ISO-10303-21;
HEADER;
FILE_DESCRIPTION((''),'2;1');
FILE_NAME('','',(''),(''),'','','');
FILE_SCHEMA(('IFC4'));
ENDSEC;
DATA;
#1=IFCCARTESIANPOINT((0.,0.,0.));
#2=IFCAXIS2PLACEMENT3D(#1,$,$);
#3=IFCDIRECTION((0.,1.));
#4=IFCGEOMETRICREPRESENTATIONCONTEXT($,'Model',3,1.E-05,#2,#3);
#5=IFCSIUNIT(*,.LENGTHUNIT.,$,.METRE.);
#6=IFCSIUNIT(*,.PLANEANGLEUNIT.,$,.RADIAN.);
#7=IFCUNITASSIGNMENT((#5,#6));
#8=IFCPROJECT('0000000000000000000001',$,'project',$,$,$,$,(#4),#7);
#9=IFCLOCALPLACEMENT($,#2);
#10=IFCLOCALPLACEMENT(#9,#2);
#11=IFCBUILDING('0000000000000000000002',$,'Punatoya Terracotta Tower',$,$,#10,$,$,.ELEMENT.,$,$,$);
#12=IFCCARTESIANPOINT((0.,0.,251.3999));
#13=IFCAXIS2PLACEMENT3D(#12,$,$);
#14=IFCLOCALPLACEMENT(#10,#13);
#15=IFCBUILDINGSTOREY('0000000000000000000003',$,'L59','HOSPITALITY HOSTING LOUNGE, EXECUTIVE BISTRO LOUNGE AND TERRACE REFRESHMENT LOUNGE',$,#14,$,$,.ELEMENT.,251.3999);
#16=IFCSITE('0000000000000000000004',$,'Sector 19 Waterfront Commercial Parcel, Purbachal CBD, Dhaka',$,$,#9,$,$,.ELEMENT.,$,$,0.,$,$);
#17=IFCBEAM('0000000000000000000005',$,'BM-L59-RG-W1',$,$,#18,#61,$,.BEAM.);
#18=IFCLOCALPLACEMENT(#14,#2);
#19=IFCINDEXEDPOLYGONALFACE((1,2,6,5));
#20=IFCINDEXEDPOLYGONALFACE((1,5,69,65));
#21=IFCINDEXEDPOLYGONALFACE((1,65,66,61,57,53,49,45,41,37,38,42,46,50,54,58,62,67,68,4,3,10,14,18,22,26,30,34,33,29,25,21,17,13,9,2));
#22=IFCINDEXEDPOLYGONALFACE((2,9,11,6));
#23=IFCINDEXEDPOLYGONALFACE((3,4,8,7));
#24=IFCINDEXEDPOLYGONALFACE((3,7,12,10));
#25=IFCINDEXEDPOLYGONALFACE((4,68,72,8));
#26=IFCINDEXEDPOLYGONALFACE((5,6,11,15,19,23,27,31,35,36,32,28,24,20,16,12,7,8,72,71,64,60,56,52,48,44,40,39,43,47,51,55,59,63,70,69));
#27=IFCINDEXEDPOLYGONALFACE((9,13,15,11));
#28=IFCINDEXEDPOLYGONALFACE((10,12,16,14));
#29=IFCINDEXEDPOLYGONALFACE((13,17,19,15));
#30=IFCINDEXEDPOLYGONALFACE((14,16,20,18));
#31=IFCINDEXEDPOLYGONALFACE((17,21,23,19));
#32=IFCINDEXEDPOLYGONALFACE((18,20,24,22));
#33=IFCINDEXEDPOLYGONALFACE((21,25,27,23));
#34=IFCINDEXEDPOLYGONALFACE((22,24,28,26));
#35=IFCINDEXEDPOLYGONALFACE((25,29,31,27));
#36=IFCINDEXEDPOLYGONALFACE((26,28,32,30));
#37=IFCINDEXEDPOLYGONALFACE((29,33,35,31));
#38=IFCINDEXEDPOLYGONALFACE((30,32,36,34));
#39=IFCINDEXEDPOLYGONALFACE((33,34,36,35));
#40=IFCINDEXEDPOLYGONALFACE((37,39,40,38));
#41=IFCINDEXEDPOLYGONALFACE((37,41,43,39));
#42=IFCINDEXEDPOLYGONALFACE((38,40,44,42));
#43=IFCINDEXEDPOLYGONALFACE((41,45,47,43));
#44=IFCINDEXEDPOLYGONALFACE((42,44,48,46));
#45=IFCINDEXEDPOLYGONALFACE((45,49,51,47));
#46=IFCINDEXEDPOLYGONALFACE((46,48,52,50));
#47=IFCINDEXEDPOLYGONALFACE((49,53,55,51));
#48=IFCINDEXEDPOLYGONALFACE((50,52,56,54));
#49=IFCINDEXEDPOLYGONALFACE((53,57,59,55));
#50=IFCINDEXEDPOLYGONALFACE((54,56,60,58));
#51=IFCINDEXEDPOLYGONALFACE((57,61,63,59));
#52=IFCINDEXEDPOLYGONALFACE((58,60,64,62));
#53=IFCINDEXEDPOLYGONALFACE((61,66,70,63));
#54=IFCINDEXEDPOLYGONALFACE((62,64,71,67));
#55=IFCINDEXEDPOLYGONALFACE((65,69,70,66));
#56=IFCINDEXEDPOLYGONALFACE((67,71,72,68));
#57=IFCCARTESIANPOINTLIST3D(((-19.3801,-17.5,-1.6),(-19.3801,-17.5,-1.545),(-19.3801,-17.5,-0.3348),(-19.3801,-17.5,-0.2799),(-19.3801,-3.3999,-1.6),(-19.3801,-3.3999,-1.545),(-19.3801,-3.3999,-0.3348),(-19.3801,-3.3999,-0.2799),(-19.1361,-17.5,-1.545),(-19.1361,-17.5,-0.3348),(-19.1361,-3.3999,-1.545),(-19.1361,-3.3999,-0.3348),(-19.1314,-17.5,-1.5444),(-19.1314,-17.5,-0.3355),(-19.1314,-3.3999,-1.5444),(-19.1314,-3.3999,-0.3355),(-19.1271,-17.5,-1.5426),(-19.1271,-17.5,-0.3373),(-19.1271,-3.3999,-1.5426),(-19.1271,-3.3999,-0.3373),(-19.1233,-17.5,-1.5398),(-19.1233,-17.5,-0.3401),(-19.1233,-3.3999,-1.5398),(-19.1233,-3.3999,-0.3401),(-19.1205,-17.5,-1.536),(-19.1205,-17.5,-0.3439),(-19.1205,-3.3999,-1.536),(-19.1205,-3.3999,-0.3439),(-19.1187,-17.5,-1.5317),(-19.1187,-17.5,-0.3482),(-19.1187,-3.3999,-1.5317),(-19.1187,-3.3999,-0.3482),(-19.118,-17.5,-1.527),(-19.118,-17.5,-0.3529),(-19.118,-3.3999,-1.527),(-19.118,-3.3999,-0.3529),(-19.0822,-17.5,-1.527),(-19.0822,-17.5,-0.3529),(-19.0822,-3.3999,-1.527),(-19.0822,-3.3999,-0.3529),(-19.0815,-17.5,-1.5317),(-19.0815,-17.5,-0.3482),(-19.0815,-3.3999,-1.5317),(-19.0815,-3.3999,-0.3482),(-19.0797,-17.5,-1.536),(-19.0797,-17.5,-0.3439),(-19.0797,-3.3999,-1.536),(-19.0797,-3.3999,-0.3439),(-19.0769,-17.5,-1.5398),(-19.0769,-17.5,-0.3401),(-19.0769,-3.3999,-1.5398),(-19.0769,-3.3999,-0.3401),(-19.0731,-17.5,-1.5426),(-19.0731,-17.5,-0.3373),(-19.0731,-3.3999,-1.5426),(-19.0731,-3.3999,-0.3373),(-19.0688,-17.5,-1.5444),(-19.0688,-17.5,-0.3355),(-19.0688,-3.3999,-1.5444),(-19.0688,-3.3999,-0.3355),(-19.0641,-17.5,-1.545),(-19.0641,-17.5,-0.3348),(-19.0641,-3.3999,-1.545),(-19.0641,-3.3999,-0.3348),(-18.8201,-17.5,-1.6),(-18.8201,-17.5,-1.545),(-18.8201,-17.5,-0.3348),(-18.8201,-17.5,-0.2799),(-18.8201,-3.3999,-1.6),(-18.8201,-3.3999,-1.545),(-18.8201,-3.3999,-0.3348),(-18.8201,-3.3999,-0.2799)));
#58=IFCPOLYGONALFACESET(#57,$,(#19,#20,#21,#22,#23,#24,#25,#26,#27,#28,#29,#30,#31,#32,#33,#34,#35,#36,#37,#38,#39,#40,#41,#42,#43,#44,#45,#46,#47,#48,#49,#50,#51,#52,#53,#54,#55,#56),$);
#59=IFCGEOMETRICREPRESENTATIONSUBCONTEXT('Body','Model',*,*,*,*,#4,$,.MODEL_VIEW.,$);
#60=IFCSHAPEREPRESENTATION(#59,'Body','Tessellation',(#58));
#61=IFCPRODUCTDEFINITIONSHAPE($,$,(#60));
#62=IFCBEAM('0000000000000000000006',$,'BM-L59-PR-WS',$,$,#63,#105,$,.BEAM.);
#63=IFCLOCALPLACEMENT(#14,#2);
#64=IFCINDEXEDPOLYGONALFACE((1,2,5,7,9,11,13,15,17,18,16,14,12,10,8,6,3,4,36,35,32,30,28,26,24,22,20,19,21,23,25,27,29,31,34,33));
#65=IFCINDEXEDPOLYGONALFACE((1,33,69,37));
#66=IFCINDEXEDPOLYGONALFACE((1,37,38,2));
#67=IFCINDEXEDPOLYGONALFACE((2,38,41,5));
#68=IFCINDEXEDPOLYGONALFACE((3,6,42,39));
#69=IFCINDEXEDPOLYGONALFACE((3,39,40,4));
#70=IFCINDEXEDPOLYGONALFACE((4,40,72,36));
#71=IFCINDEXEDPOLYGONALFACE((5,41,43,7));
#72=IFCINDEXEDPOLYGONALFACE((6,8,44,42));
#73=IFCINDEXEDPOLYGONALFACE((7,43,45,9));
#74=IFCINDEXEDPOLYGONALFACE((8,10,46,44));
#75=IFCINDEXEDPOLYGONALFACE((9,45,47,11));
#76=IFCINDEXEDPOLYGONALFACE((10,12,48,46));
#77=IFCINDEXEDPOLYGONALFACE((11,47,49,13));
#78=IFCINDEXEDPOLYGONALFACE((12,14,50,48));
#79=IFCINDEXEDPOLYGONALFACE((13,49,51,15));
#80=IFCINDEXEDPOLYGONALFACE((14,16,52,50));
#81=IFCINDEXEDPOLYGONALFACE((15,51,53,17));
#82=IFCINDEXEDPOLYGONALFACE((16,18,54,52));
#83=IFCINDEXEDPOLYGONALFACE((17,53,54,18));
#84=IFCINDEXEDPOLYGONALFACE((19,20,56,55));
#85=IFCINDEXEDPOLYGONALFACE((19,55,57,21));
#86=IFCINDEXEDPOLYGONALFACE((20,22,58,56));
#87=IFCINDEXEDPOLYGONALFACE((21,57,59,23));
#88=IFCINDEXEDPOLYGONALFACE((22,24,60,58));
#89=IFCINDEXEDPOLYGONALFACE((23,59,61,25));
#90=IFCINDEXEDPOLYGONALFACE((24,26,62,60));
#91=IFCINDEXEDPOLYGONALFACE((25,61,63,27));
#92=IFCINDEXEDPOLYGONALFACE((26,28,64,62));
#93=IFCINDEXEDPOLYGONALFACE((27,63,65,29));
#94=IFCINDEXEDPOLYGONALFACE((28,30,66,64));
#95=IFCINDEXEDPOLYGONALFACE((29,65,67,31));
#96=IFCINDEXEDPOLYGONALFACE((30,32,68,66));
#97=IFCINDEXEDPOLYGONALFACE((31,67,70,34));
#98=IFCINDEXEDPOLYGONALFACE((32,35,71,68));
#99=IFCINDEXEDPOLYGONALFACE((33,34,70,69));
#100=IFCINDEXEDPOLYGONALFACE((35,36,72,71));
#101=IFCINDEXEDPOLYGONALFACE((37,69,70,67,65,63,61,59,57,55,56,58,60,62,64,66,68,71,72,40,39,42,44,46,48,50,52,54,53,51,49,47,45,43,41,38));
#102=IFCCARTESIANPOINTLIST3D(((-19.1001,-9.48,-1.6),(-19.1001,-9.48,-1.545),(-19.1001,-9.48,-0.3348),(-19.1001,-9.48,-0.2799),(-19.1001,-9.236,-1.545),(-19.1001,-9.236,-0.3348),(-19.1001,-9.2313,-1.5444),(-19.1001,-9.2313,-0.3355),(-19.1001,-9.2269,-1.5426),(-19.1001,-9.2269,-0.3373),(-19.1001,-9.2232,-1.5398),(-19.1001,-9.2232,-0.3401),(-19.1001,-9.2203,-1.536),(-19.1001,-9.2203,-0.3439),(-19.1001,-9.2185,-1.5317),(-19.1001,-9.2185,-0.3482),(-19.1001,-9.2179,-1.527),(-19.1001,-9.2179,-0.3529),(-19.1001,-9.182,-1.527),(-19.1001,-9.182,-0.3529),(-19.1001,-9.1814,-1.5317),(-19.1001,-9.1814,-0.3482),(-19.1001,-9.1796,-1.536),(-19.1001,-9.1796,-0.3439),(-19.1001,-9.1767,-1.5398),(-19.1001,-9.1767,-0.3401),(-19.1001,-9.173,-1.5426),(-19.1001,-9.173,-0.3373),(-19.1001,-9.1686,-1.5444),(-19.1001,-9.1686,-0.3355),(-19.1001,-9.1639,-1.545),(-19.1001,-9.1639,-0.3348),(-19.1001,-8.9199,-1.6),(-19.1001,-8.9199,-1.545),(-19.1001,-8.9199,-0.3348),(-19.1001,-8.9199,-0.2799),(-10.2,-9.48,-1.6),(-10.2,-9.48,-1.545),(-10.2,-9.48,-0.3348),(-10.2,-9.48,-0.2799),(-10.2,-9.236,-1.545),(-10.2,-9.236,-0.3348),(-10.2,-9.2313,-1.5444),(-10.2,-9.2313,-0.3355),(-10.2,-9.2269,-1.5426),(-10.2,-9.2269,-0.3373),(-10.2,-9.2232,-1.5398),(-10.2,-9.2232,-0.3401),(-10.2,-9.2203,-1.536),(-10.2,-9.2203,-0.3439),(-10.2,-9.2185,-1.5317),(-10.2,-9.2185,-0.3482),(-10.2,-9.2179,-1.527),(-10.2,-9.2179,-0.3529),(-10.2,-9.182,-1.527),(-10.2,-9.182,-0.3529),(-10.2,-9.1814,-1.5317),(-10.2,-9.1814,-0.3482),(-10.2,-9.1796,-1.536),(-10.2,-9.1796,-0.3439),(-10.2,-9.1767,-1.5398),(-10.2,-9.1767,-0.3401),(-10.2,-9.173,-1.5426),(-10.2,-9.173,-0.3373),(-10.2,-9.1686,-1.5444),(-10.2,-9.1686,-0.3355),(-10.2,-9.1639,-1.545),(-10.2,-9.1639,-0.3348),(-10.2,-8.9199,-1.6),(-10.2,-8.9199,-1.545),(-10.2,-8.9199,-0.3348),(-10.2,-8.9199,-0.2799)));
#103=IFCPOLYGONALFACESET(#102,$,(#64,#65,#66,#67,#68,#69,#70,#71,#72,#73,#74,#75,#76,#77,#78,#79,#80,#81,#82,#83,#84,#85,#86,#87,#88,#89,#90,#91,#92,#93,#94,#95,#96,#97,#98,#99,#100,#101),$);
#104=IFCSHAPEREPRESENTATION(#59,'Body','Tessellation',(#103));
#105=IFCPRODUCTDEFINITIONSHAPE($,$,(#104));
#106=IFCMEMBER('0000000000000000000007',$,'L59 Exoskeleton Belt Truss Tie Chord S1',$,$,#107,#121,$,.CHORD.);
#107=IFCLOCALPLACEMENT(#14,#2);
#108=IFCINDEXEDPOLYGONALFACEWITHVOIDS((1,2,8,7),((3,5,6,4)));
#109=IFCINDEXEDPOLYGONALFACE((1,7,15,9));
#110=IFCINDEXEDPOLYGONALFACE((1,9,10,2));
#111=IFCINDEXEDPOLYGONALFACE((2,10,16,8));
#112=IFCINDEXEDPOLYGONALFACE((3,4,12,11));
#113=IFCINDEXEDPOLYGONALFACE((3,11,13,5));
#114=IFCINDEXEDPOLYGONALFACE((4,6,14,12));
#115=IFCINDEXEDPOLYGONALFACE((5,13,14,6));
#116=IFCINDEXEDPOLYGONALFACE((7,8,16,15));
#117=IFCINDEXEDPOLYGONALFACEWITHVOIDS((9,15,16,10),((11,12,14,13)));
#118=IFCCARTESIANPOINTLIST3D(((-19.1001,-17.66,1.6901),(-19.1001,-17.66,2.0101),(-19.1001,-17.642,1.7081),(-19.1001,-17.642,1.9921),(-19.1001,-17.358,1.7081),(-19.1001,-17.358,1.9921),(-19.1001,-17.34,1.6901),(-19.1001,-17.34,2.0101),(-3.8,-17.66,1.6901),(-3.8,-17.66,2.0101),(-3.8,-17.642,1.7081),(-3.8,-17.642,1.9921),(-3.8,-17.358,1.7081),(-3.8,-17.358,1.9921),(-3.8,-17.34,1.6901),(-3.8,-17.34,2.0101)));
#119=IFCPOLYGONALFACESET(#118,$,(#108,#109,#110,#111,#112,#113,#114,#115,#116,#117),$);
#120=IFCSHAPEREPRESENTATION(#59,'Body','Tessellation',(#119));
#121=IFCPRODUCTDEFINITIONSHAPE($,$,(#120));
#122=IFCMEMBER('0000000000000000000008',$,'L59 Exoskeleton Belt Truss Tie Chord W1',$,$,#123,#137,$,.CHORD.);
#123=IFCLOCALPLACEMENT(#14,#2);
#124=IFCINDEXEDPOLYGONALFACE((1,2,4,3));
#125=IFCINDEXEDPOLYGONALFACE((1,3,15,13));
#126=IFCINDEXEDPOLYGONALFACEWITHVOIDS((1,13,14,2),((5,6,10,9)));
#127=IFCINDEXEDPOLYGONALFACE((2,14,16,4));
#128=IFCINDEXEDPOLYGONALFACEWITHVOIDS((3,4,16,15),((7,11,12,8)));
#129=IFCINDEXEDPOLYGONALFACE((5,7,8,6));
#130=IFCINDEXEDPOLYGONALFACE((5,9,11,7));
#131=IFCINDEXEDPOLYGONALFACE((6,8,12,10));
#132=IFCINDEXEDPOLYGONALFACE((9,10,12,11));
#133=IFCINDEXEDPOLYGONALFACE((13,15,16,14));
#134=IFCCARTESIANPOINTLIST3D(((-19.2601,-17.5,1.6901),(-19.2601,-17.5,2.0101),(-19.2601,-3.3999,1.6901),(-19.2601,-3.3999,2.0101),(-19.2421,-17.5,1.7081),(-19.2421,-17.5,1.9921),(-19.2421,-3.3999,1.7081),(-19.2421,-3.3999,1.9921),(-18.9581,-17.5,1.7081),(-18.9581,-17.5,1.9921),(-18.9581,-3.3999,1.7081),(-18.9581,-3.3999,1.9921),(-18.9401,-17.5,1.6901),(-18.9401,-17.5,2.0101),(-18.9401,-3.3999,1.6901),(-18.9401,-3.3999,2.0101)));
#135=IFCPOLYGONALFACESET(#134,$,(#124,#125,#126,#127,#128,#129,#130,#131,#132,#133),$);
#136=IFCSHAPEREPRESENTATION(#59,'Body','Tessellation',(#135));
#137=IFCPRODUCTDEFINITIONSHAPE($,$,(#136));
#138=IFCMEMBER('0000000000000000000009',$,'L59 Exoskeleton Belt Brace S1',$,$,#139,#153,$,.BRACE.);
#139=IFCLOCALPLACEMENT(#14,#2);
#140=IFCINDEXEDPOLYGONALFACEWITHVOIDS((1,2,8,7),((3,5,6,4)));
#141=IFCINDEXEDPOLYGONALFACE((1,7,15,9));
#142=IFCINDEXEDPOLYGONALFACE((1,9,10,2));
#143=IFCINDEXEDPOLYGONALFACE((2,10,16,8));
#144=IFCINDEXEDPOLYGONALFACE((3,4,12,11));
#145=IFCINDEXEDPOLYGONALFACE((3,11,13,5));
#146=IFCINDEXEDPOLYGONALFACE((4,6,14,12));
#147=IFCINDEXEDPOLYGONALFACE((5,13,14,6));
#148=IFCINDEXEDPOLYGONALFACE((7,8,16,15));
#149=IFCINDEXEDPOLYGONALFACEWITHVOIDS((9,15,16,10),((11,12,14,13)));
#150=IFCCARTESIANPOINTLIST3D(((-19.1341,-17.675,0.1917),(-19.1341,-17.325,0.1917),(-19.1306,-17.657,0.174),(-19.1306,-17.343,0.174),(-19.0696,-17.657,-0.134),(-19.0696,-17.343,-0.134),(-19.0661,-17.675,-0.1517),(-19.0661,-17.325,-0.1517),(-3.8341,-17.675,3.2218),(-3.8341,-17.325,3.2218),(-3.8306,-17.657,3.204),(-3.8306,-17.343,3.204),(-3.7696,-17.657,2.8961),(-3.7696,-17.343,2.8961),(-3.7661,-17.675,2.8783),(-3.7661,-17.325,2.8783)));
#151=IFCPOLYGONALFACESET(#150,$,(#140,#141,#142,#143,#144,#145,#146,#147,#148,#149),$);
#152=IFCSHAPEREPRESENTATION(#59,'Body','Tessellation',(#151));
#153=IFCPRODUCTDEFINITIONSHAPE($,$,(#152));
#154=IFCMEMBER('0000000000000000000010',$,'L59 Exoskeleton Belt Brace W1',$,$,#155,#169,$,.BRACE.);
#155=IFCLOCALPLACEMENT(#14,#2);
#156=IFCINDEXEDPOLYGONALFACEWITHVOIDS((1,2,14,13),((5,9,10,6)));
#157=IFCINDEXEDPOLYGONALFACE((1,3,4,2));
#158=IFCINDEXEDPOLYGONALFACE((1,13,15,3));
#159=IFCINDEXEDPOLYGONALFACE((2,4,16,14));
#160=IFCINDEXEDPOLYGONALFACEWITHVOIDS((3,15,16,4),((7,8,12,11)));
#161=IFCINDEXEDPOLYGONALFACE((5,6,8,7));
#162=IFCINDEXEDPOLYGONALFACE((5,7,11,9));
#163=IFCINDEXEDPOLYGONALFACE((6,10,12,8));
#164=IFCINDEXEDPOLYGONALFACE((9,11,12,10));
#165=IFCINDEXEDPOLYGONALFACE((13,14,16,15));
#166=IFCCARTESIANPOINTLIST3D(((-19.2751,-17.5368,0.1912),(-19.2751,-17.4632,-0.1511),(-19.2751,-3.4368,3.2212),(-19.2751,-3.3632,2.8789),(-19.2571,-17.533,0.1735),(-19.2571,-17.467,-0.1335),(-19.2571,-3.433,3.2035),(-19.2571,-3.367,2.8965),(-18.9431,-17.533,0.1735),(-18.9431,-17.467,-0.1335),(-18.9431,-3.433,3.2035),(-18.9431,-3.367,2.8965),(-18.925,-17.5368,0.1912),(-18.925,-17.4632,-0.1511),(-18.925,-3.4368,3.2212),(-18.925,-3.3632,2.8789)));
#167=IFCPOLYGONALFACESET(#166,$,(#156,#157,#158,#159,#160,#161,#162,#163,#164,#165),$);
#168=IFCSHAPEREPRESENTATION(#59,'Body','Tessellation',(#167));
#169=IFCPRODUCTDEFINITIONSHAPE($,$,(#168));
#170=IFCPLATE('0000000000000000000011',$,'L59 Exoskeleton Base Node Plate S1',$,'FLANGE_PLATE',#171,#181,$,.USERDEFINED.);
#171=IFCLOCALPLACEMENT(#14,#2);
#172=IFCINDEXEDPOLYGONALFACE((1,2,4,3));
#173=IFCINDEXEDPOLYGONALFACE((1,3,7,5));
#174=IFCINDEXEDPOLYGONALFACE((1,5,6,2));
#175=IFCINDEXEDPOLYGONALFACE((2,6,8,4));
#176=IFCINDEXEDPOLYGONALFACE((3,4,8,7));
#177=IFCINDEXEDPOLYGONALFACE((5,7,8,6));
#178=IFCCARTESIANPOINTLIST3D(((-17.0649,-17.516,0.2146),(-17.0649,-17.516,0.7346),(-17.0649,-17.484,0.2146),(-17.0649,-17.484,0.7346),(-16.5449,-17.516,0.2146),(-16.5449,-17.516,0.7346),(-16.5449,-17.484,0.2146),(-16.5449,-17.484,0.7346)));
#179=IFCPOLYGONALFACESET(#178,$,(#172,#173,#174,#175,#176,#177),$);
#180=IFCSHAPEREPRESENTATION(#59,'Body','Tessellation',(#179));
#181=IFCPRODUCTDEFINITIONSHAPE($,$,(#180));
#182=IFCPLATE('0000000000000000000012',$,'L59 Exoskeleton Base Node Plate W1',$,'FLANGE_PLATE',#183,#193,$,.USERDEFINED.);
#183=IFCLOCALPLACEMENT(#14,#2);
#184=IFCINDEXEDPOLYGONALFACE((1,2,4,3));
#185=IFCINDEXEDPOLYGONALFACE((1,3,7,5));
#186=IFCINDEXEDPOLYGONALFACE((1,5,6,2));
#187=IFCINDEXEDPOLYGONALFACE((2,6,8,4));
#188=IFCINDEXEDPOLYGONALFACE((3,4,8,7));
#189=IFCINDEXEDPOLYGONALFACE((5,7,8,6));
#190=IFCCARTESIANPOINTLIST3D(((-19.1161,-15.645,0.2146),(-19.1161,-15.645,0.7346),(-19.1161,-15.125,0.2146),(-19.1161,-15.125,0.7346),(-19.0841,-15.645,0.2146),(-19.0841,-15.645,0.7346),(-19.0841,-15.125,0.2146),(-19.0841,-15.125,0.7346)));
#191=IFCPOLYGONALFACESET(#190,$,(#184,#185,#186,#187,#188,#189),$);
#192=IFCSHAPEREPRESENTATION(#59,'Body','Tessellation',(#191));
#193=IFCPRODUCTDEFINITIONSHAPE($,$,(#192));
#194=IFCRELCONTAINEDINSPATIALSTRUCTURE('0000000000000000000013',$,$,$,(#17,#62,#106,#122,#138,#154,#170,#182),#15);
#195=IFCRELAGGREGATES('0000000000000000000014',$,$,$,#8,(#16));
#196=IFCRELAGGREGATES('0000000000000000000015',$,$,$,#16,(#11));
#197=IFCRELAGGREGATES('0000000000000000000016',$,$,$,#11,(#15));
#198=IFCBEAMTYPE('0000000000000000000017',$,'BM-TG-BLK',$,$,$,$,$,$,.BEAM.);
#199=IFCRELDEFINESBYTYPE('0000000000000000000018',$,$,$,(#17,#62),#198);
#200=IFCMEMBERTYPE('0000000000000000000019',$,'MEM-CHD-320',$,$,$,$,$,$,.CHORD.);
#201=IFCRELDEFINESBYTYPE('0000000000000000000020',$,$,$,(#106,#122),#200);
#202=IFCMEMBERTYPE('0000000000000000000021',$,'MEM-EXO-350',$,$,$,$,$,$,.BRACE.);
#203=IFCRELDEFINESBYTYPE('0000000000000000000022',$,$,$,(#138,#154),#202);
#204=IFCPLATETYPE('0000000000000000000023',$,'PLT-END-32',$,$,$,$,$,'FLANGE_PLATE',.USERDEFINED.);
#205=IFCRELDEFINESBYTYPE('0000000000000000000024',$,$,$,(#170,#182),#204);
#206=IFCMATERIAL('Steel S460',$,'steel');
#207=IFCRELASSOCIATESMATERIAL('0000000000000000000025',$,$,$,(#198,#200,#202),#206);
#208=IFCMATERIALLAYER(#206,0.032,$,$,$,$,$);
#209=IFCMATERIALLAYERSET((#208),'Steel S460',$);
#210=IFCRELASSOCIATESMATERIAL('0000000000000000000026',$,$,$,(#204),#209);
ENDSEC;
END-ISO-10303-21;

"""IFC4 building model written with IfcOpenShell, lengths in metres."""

from ifc_helpers import new_model, si_unit, direction, frame, origin, origin_2d, place, context, subcontext, project, spatial, rectangle, hollow_rectangle, i_section, extrude, material, layer, layer_set, material_profile, profile_set, type_object, element, save


model = new_model("IFC4")

# Units and contexts
model_context = context("Model", 3, precision=1e-05, world=origin(), true_north=direction((0.0, 1.0)))
body_context = subcontext(model_context, "Body", "Model", "MODEL_VIEW")
ifc_project = project(units=[si_unit("LENGTHUNIT", "METRE"), si_unit("PLANEANGLEUNIT", "RADIAN")], contexts=[model_context])

# Site, building, storey
site_placement = place(None, origin())
site = spatial("IfcSite", under=ifc_project, at=site_placement, Name="Sector 19 Waterfront Commercial Parcel, Purbachal CBD, Dhaka", CompositionType="ELEMENT", RefElevation=0.0)
building_placement = place(site_placement, origin())
building = spatial("IfcBuilding", under=site, at=building_placement, Name="Punatoya Terracotta Tower", CompositionType="ELEMENT")
storey_placement = place(building_placement, frame((0.0, 0.0, 251.3999)))
storey = spatial("IfcBuildingStorey", under=building, at=storey_placement, Name="L59", Description="HOSPITALITY HOSTING LOUNGE, EXECUTIVE BISTRO LOUNGE AND TERRACE REFRESHMENT LOUNGE", CompositionType="ELEMENT", Elevation=251.3999)

# Shared definitions
ifc_material_1 = material(Name="Steel S460", Category="steel")

# Beams
ifc_material_profile_1 = material_profile(ifc_material_1, i_section(OverallWidth=0.5601, OverallDepth=1.3201, WebThickness=0.0359, FlangeThickness=0.0549, FilletRadius=0.0181, at=origin_2d()))
ifc_profile_set_1 = profile_set([ifc_material_profile_1], Name="Steel S460")
beam_type_1 = type_object("IfcBeamType", Name="BM-TG-BLK", PredefinedType="BEAM", material=ifc_profile_set_1)
beam_1_placement = place(storey_placement, frame((-19.1001, -17.5, -0.9399), z_axis=(0.0, 1.0, 0.0), x_axis=(-1.0, 0.0, 0.0)))
element("IfcBeam", 1, at=beam_1_placement, inside=storey, type_object=beam_type_1, Name="BM-L59-RG-W1", PredefinedType="BEAM", context=body_context, shape_type="SweptSolid", body=[
    extrude(i_section(OverallWidth=0.5601, OverallDepth=1.3201, WebThickness=0.0359, FlangeThickness=0.0549, FilletRadius=0.0181, at=origin_2d()), origin(), (0.0, 0.0, 1.0), 14.1001),
])
beam_2_placement = place(storey_placement, frame((-19.1001, -9.2, -0.9399), z_axis=(1.0, 0.0, 0.0), x_axis=(0.0, 1.0, 0.0)))
element("IfcBeam", 2, at=beam_2_placement, inside=storey, type_object=beam_type_1, Name="BM-L59-PR-WS", PredefinedType="BEAM", context=body_context, shape_type="SweptSolid", body=[
    extrude(i_section(OverallWidth=0.5601, OverallDepth=1.3201, WebThickness=0.0359, FlangeThickness=0.0549, FilletRadius=0.0181, at=origin_2d()), origin(), (0.0, 0.0, 1.0), 8.9001),
])

# Members
ifc_material_profile_2 = material_profile(ifc_material_1, hollow_rectangle(XDim=0.3201, YDim=0.3201, WallThickness=0.0181, at=origin_2d()))
ifc_profile_set_2 = profile_set([ifc_material_profile_2], Name="Steel S460")
member_type_1 = type_object("IfcMemberType", Name="MEM-CHD-320", PredefinedType="CHORD", material=ifc_profile_set_2)
member_1_placement = place(storey_placement, frame((-19.1001, -17.5, 1.8501), z_axis=(1.0, 0.0, 0.0), x_axis=(0.0, 1.0, 0.0)))
element("IfcMember", 3, at=member_1_placement, inside=storey, type_object=member_type_1, Name="L59 Exoskeleton Belt Truss Tie Chord S1", PredefinedType="CHORD", context=body_context, shape_type="SweptSolid", body=[
    extrude(hollow_rectangle(XDim=0.3201, YDim=0.3201, WallThickness=0.0181, at=origin_2d()), origin(), (0.0, 0.0, 1.0), 15.3),
])
member_2_placement = place(storey_placement, frame((-19.1001, -17.5, 1.8501), z_axis=(0.0, 1.0, 0.0), x_axis=(-1.0, 0.0, 0.0)))
element("IfcMember", 4, at=member_2_placement, inside=storey, type_object=member_type_1, Name="L59 Exoskeleton Belt Truss Tie Chord W1", PredefinedType="CHORD", context=body_context, shape_type="SweptSolid", body=[
    extrude(hollow_rectangle(XDim=0.3201, YDim=0.3201, WallThickness=0.0181, at=origin_2d()), origin(), (0.0, 0.0, 1.0), 14.1001),
])
ifc_material_profile_3 = material_profile(ifc_material_1, hollow_rectangle(XDim=0.3501, YDim=0.3501, WallThickness=0.0181, at=origin_2d()))
ifc_profile_set_3 = profile_set([ifc_material_profile_3], Name="Steel S460")
member_type_2 = type_object("IfcMemberType", Name="MEM-EXO-350", PredefinedType="BRACE", material=ifc_profile_set_3)
member_3_placement = place(storey_placement, frame((-19.1001, -17.5, 0.02), z_axis=(0.980949, 0.0, 0.194268), x_axis=(0.0, 1.0, 0.0)))
element("IfcMember", 5, at=member_3_placement, inside=storey, type_object=member_type_2, Name="L59 Exoskeleton Belt Brace S1", PredefinedType="BRACE", context=body_context, shape_type="SweptSolid", body=[
    extrude(hollow_rectangle(XDim=0.3501, YDim=0.3501, WallThickness=0.0181, at=origin_2d()), origin(), (0.0, 0.0, 1.0), 15.5972),
])
member_4_placement = place(storey_placement, frame((-19.1001, -17.5, 0.02), z_axis=(0.0, 0.97768, 0.210098), x_axis=(-1.0, 0.0, 0.0)))
element("IfcMember", 6, at=member_4_placement, inside=storey, type_object=member_type_2, Name="L59 Exoskeleton Belt Brace W1", PredefinedType="BRACE", context=body_context, shape_type="SweptSolid", body=[
    extrude(hollow_rectangle(XDim=0.3501, YDim=0.3501, WallThickness=0.0181, at=origin_2d()), origin(), (0.0, 0.0, 1.0), 14.4219),
])

# Plates
ifc_layer_1 = layer(ifc_material_1, 0.032)
ifc_layer_set_1 = layer_set([ifc_layer_1], Name="Steel S460")
plate_type = type_object("IfcPlateType", Name="PLT-END-32", ElementType="FLANGE_PLATE", PredefinedType="USERDEFINED", material=ifc_layer_set_1)
for number, where, z_axis, x_axis, name in (
    (7, (-16.8049, -17.5, 0.2146), (0.0, 0.0, 1.0), (1.0, 0.0, 0.0), "L59 Exoskeleton Base Node Plate S1"),
    (8, (-19.1001, -15.385, 0.2146), (0.0, 0.0, 1.0), (0.0, 1.0, 0.0), "L59 Exoskeleton Base Node Plate W1"),
):
    element("IfcPlate", number, at=place(storey_placement, frame(where, z_axis=z_axis, x_axis=x_axis)), inside=storey, type_object=plate_type, Name=name, ObjectType="FLANGE_PLATE", PredefinedType="USERDEFINED", context=body_context, shape_type="SweptSolid", body=[
        extrude(rectangle(XDim=0.52, YDim=0.032, at=origin_2d()), origin(), (0.0, 0.0, 1.0), 0.52),
    ])

save(model, "model.ifc")
